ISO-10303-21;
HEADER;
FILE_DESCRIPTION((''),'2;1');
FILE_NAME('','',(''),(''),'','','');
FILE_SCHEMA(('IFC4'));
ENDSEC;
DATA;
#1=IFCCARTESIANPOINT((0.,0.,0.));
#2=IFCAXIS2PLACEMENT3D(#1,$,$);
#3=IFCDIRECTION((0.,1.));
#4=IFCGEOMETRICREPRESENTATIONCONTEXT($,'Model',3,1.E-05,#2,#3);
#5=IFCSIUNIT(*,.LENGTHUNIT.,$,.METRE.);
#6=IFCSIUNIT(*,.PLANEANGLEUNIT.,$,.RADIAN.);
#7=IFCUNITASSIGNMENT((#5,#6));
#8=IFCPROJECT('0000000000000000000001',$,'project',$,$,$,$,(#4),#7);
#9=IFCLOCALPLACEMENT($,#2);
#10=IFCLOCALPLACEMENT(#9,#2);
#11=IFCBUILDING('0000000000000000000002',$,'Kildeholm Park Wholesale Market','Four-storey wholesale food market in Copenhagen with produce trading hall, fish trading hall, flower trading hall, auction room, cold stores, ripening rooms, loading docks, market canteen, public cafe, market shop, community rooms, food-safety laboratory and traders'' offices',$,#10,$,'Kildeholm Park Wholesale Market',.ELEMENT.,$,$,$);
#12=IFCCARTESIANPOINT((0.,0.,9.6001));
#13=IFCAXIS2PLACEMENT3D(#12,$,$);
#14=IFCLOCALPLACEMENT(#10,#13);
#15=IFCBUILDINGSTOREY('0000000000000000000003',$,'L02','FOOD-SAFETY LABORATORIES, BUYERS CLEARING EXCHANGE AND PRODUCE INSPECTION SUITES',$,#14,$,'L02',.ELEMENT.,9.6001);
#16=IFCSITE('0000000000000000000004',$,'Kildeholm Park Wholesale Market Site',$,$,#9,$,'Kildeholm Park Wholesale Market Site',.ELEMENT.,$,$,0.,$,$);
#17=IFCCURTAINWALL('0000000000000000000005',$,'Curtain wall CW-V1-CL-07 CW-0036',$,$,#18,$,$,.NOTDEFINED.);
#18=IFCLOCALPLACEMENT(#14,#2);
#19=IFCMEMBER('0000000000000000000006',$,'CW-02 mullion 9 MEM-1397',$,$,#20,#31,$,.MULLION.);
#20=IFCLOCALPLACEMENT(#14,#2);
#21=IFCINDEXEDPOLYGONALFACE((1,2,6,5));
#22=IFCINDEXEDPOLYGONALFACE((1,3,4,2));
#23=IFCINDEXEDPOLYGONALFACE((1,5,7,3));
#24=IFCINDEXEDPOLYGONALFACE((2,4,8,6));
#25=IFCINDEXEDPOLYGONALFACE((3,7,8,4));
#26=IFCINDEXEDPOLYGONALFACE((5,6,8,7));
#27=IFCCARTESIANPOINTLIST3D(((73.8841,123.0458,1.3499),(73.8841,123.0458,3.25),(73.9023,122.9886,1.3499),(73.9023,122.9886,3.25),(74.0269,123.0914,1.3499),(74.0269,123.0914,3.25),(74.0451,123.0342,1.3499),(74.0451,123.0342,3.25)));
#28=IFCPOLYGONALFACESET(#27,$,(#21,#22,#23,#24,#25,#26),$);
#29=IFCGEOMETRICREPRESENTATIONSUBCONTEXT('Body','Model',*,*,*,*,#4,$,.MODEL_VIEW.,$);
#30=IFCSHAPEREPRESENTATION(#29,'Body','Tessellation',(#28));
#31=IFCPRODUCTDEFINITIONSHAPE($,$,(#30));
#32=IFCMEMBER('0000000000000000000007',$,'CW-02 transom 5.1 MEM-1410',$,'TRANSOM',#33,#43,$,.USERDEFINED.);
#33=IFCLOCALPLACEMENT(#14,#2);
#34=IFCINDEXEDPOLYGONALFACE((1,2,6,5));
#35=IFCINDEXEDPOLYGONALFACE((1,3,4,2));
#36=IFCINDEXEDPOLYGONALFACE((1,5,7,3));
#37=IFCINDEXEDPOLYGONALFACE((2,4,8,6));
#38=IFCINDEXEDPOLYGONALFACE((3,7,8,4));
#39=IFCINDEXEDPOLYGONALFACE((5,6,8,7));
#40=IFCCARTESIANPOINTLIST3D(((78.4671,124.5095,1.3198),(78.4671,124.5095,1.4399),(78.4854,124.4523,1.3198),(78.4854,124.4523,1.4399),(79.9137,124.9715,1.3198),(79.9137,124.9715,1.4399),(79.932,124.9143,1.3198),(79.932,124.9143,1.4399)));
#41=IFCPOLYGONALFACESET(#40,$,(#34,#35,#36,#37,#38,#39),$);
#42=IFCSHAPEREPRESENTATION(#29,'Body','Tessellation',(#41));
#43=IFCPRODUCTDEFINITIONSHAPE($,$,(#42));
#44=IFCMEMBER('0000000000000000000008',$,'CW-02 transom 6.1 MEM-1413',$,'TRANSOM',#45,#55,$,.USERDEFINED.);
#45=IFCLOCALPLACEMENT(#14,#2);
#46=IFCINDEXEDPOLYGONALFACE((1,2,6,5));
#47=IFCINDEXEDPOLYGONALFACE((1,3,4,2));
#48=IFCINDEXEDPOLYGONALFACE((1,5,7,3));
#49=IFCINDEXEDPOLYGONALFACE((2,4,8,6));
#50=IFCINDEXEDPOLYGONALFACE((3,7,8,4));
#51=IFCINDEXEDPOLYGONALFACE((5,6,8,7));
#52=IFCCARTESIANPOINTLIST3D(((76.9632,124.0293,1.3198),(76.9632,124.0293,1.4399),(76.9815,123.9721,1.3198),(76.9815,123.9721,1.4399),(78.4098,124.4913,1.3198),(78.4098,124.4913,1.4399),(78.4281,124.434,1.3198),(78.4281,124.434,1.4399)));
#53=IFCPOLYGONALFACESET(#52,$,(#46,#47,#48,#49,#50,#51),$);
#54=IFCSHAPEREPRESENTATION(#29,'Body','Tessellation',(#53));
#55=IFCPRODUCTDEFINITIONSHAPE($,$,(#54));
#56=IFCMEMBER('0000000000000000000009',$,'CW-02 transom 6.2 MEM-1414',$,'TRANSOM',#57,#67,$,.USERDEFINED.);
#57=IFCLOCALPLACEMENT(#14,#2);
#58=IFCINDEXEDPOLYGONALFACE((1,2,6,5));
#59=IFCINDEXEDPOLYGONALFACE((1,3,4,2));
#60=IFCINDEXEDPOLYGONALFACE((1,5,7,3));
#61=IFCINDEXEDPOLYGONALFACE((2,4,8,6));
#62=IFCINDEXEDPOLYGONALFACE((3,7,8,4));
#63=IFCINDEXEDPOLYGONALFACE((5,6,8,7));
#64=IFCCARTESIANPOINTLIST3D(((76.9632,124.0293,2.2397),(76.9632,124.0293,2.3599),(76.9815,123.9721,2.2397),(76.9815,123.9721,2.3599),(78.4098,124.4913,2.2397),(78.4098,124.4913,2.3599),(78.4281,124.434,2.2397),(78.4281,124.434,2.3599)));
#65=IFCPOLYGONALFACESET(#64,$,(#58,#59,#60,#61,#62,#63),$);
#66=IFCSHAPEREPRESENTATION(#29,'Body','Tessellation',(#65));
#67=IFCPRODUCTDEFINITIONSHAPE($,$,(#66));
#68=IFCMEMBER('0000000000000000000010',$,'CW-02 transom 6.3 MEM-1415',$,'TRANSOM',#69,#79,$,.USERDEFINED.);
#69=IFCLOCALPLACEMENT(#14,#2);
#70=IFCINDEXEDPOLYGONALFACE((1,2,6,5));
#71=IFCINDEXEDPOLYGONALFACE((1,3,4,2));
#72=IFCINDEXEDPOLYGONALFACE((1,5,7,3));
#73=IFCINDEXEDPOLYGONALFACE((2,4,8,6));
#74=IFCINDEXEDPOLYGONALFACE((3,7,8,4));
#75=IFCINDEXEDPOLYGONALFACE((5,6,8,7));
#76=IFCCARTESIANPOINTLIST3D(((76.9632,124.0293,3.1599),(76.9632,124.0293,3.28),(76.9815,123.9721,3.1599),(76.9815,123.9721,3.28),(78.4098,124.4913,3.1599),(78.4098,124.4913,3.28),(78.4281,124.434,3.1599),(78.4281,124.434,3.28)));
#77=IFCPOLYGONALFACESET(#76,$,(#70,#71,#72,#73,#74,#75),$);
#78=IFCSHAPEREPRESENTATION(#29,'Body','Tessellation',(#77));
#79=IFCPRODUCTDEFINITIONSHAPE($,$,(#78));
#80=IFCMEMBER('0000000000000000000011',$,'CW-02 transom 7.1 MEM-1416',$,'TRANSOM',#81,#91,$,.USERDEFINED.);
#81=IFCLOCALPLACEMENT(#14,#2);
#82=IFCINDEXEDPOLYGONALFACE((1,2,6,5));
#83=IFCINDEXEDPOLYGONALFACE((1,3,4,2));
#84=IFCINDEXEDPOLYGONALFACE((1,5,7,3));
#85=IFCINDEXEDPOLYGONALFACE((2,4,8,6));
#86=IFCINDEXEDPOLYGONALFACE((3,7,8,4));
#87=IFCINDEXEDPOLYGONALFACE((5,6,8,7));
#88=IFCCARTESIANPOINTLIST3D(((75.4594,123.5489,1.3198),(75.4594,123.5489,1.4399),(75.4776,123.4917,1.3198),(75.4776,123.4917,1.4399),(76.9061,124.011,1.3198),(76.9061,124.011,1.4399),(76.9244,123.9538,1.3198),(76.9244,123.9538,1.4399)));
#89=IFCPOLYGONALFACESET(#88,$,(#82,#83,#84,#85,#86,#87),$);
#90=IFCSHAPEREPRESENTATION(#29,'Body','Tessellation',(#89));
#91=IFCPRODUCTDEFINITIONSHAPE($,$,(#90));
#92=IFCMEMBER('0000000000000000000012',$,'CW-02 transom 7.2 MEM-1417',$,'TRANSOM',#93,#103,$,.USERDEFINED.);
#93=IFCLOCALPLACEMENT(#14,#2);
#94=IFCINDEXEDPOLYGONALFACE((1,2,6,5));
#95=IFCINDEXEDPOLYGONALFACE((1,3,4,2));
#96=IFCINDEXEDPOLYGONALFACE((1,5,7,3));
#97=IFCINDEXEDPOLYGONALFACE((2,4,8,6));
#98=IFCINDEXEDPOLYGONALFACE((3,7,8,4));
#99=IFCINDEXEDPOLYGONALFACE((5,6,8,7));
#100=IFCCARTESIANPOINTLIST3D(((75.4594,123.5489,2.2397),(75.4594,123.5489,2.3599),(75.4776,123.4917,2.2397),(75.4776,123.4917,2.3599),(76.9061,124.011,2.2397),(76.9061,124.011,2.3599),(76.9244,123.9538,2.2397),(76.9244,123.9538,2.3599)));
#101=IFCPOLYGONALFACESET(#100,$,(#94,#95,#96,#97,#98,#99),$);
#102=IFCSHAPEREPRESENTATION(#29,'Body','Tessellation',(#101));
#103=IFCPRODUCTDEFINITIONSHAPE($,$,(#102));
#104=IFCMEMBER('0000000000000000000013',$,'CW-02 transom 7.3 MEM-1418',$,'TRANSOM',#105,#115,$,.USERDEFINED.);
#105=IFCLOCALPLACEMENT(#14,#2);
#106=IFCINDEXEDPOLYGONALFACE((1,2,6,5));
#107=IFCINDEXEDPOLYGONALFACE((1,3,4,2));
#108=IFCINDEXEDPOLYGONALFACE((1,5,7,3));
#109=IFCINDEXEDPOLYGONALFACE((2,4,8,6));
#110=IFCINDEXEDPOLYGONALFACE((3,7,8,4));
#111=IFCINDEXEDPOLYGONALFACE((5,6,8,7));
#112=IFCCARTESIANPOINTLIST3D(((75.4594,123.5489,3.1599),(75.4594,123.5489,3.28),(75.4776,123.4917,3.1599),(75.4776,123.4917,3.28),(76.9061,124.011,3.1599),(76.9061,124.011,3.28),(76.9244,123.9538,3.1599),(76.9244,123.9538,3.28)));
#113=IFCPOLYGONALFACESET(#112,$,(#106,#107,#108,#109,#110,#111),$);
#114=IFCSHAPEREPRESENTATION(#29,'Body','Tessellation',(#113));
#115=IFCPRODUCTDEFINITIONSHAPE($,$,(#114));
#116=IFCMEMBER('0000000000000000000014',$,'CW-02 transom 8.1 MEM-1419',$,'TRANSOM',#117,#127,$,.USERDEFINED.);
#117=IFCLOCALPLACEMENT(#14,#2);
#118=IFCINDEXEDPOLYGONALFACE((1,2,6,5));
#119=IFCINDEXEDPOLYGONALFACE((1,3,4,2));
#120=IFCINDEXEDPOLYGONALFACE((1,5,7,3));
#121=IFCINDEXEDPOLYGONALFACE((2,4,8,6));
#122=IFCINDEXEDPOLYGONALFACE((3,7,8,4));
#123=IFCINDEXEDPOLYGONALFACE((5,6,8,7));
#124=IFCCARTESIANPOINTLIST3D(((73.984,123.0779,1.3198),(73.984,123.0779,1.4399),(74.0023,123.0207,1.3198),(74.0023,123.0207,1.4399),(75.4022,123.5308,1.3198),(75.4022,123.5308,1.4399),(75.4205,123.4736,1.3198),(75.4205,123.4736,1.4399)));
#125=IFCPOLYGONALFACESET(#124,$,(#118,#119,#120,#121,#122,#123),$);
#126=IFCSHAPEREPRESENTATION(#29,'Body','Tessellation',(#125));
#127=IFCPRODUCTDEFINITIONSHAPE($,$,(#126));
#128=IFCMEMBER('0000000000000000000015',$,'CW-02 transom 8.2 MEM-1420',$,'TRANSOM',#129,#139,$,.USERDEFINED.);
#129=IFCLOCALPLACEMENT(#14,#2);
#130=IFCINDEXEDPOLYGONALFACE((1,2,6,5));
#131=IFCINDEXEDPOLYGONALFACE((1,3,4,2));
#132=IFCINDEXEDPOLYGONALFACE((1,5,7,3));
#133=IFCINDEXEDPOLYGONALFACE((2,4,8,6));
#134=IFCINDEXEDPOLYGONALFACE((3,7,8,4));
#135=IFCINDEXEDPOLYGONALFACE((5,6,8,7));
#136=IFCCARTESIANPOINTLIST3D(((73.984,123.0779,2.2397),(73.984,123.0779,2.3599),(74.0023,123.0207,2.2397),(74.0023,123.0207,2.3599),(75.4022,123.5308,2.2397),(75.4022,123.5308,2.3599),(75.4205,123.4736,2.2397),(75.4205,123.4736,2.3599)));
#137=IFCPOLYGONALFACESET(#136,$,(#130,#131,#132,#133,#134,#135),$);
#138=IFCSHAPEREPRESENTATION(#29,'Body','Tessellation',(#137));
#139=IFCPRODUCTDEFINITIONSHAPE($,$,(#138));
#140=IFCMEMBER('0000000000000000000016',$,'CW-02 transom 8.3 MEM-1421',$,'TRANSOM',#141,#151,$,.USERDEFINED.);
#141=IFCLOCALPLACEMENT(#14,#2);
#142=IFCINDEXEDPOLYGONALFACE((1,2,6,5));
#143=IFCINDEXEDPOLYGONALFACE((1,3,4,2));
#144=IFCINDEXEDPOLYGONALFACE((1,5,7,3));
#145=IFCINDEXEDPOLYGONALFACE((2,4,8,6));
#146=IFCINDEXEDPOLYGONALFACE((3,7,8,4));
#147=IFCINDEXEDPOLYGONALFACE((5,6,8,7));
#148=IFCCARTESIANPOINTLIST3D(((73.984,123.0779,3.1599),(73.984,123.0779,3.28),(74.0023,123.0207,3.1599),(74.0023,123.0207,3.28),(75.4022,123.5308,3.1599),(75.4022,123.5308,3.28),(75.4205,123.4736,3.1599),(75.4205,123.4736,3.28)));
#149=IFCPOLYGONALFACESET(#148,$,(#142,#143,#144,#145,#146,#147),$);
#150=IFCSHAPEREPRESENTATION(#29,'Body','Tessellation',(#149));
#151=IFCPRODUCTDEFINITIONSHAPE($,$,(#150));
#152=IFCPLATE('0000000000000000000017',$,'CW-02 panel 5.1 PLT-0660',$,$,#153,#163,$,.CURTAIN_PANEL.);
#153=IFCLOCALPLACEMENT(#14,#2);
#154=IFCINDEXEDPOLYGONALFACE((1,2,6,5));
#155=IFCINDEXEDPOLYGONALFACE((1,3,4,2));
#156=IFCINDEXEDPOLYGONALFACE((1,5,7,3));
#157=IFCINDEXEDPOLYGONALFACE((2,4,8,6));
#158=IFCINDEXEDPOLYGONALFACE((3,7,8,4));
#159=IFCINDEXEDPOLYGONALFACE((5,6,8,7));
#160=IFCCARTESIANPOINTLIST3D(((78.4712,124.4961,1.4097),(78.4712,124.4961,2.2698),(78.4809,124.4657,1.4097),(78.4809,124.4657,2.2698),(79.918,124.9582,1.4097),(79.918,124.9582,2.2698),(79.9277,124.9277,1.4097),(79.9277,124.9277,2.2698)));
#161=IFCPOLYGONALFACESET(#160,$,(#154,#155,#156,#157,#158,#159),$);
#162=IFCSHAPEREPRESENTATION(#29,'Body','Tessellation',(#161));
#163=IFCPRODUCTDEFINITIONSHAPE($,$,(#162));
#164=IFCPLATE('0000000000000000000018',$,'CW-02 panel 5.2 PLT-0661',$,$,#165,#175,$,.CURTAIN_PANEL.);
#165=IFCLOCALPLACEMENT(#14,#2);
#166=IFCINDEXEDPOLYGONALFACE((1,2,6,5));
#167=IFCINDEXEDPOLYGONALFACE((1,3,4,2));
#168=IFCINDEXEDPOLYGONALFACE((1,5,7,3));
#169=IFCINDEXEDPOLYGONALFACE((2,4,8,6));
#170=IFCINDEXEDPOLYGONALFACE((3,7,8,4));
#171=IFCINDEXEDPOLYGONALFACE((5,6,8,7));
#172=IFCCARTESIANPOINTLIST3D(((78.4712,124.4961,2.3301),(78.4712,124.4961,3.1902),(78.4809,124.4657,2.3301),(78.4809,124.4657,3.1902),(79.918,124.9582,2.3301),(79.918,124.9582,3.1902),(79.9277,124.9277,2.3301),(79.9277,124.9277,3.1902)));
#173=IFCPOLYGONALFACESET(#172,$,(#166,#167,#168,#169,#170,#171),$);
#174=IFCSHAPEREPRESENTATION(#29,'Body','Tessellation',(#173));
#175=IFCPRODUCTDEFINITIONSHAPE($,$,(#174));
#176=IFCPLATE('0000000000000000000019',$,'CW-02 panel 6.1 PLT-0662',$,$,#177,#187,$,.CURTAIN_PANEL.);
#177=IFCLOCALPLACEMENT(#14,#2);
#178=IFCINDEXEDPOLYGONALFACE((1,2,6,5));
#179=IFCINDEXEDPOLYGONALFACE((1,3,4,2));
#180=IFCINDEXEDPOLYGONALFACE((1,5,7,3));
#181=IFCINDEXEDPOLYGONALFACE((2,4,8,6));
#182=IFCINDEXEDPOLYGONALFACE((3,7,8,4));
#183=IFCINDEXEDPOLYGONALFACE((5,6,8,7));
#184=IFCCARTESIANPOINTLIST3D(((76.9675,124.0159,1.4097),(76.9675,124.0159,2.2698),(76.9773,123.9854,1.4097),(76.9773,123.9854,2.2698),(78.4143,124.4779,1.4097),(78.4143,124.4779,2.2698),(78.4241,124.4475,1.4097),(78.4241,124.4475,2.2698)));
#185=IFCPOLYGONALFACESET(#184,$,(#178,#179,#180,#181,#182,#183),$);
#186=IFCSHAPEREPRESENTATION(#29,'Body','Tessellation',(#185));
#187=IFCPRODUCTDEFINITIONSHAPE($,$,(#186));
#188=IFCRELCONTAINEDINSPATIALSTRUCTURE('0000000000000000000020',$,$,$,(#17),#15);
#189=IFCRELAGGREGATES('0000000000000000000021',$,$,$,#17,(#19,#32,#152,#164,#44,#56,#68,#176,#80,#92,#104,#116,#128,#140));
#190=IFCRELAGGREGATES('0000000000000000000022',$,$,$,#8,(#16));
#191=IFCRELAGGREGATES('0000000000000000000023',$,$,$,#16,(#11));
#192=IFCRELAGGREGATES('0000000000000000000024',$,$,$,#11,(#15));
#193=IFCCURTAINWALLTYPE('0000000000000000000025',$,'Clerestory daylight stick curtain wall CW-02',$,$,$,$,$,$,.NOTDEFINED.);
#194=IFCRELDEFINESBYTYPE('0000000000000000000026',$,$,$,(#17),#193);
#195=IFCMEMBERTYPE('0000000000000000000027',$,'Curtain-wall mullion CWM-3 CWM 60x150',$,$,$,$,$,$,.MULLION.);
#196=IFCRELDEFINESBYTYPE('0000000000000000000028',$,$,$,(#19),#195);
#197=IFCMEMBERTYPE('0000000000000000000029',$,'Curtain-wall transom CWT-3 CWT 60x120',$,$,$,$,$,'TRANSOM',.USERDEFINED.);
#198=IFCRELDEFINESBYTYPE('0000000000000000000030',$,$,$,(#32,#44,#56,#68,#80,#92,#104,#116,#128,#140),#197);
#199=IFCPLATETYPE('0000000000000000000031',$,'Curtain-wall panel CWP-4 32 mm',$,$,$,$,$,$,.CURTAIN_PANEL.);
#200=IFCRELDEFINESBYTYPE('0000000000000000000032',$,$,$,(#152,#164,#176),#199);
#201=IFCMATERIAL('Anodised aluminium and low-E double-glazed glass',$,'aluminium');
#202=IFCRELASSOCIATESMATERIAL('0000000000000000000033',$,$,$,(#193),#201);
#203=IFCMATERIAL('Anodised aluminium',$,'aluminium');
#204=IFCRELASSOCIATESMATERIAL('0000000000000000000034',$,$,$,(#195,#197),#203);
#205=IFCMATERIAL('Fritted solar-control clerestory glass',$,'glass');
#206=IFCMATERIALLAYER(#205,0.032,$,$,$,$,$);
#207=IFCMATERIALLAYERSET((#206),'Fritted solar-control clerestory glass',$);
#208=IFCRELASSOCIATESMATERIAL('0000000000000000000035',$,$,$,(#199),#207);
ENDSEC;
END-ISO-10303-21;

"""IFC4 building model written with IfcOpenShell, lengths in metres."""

from ifc_helpers import new_model, si_unit, direction, frame, origin, origin_2d, place, context, subcontext, project, spatial, rectangle, extrude, material, layer, layer_set, material_profile, profile_set, type_object, element, aggregate, save


model = new_model("IFC4")

# Units and contexts
model_context = context("Model", 3, precision=1e-05, world=origin(), true_north=direction((0.0, 1.0)))
body_context = subcontext(model_context, "Body", "Model", "MODEL_VIEW")
ifc_project = project(units=[si_unit("LENGTHUNIT", "METRE"), si_unit("PLANEANGLEUNIT", "RADIAN")], contexts=[model_context])

# Site, building, storey
site_placement = place(None, origin())
site = spatial("IfcSite", under=ifc_project, at=site_placement, Name="Kildeholm Park Wholesale Market Site", LongName="Kildeholm Park Wholesale Market Site", CompositionType="ELEMENT", RefElevation=0.0)
building_placement = place(site_placement, origin())
building = spatial("IfcBuilding", under=site, at=building_placement, Name="Kildeholm Park Wholesale Market", Description="Four-storey wholesale food market in Copenhagen with produce trading hall, fish trading hall, flower trading hall, auction room, cold stores, ripening rooms, loading docks, market canteen, public cafe, market shop, community rooms, food-safety laboratory and traders' offices", LongName="Kildeholm Park Wholesale Market", CompositionType="ELEMENT")
storey_placement = place(building_placement, frame((0.0, 0.0, 9.6001)))
storey = spatial("IfcBuildingStorey", under=building, at=storey_placement, Name="L02", Description="FOOD-SAFETY LABORATORIES, BUYERS CLEARING EXCHANGE AND PRODUCE INSPECTION SUITES", LongName="L02", CompositionType="ELEMENT", Elevation=9.6001)

# Curtain wall, members, plates
ifc_material_1 = material(Name="Anodised aluminium and low-E double-glazed glass", Category="aluminium")
curtain_wall_type = type_object("IfcCurtainWallType", Name="Clerestory daylight stick curtain wall CW-02", PredefinedType="NOTDEFINED", material=ifc_material_1)
curtain_wall_placement = place(storey_placement, origin())
curtain_wall = element("IfcCurtainWall", 1, at=curtain_wall_placement, inside=storey, type_object=curtain_wall_type, Name="Curtain wall CW-V1-CL-07 CW-0036", PredefinedType="NOTDEFINED")
ifc_material_2 = material(Name="Anodised aluminium", Category="aluminium")
ifc_material_profile_1 = material_profile(ifc_material_2, rectangle(XDim=0.0601, YDim=0.1499, at=origin_2d()), Name="CWM 60x150")
ifc_profile_set_1 = profile_set([ifc_material_profile_1], Name="Anodised aluminium")
member_type_1 = type_object("IfcMemberType", Name="Curtain-wall mullion CWM-3 CWM 60x150", PredefinedType="MULLION", material=ifc_profile_set_1)
member_1_placement = place(storey_placement, frame((73.9646, 123.04, 1.3499), z_axis=(0.0, 0.0, 1.0), x_axis=(0.304207, -0.952606, 0.0)))
member_1 = element("IfcMember", 2, at=member_1_placement, type_object=member_type_1, Name="CW-02 mullion 9 MEM-1397", PredefinedType="MULLION", context=body_context, shape_type="SweptSolid", body=[
    extrude(rectangle(XDim=0.0601, YDim=0.1499, at=origin_2d()), origin(), (0.0, 0.0, 1.0), 1.9001),
])
ifc_material_profile_2 = material_profile(ifc_material_2, rectangle(XDim=0.0601, YDim=0.1201, at=origin_2d()), Name="CWT 60x120")
ifc_profile_set_2 = profile_set([ifc_material_profile_2], Name="Anodised aluminium")
member_type_2 = type_object("IfcMemberType", Name="Curtain-wall transom CWT-3 CWT 60x120", ElementType="TRANSOM", PredefinedType="USERDEFINED", material=ifc_profile_set_2)
member_2_placement = place(storey_placement, frame((79.9229, 124.9429, 1.3799), z_axis=(-0.952611, -0.304192, 0.0), x_axis=(0.304192, -0.952611, 0.0)))
member_2 = element("IfcMember", 3, at=member_2_placement, type_object=member_type_2, Name="CW-02 transom 5.1 MEM-1410", ObjectType="TRANSOM", PredefinedType="USERDEFINED", context=body_context, shape_type="SweptSolid", body=[
    extrude(rectangle(XDim=0.0601, YDim=0.1201, at=origin_2d()), origin(), (0.0, 0.0, 1.0), 1.5186),
])
member_3_placement = place(storey_placement, frame((78.4189, 124.4626, 1.3799), z_axis=(-0.952611, -0.304192, 0.0), x_axis=(0.304192, -0.952611, 0.0)))
member_3 = element("IfcMember", 4, at=member_3_placement, type_object=member_type_2, Name="CW-02 transom 6.1 MEM-1413", ObjectType="TRANSOM", PredefinedType="USERDEFINED", context=body_context, shape_type="SweptSolid", body=[
    extrude(rectangle(XDim=0.0601, YDim=0.1201, at=origin_2d()), origin(), (0.0, 0.0, 1.0), 1.5186),
])
member_4_placement = place(storey_placement, frame((78.4189, 124.4626, 2.2998), z_axis=(-0.952611, -0.304192, 0.0), x_axis=(0.304192, -0.952611, 0.0)))
member_4 = element("IfcMember", 5, at=member_4_placement, type_object=member_type_2, Name="CW-02 transom 6.2 MEM-1414", ObjectType="TRANSOM", PredefinedType="USERDEFINED", context=body_context, shape_type="SweptSolid", body=[
    extrude(rectangle(XDim=0.0601, YDim=0.1201, at=origin_2d()), origin(), (0.0, 0.0, 1.0), 1.5186),
])
member_5_placement = place(storey_placement, frame((78.4189, 124.4626, 3.22), z_axis=(-0.952611, -0.304192, 0.0), x_axis=(0.304192, -0.952611, 0.0)))
member_5 = element("IfcMember", 6, at=member_5_placement, type_object=member_type_2, Name="CW-02 transom 6.3 MEM-1415", ObjectType="TRANSOM", PredefinedType="USERDEFINED", context=body_context, shape_type="SweptSolid", body=[
    extrude(rectangle(XDim=0.0601, YDim=0.1201, at=origin_2d()), origin(), (0.0, 0.0, 1.0), 1.5186),
])
member_6_placement = place(storey_placement, frame((76.9153, 123.9824, 1.3799), z_axis=(-0.952579, -0.304292, 0.0), x_axis=(0.304292, -0.952579, 0.0)))
member_6 = element("IfcMember", 7, at=member_6_placement, type_object=member_type_2, Name="CW-02 transom 7.1 MEM-1416", ObjectType="TRANSOM", PredefinedType="USERDEFINED", context=body_context, shape_type="SweptSolid", body=[
    extrude(rectangle(XDim=0.0601, YDim=0.1201, at=origin_2d()), origin(), (0.0, 0.0, 1.0), 1.5188),
])
member_7_placement = place(storey_placement, frame((76.9153, 123.9824, 2.2998), z_axis=(-0.952579, -0.304292, 0.0), x_axis=(0.304292, -0.952579, 0.0)))
member_7 = element("IfcMember", 8, at=member_7_placement, type_object=member_type_2, Name="CW-02 transom 7.2 MEM-1417", ObjectType="TRANSOM", PredefinedType="USERDEFINED", context=body_context, shape_type="SweptSolid", body=[
    extrude(rectangle(XDim=0.0601, YDim=0.1201, at=origin_2d()), origin(), (0.0, 0.0, 1.0), 1.5188),
])
member_8_placement = place(storey_placement, frame((76.9153, 123.9824, 3.22), z_axis=(-0.952579, -0.304292, 0.0), x_axis=(0.304292, -0.952579, 0.0)))
member_8 = element("IfcMember", 9, at=member_8_placement, type_object=member_type_2, Name="CW-02 transom 7.3 MEM-1418", ObjectType="TRANSOM", PredefinedType="USERDEFINED", context=body_context, shape_type="SweptSolid", body=[
    extrude(rectangle(XDim=0.0601, YDim=0.1201, at=origin_2d()), origin(), (0.0, 0.0, 1.0), 1.5188),
])
member_9_placement = place(storey_placement, frame((75.4114, 123.5022, 1.3799), z_axis=(-0.952609, -0.304198, 0.0), x_axis=(0.304198, -0.952609, 0.0)))
member_9 = element("IfcMember", 10, at=member_9_placement, type_object=member_type_2, Name="CW-02 transom 8.1 MEM-1419", ObjectType="TRANSOM", PredefinedType="USERDEFINED", context=body_context, shape_type="SweptSolid", body=[
    extrude(rectangle(XDim=0.0601, YDim=0.1201, at=origin_2d()), origin(), (0.0, 0.0, 1.0), 1.4888),
])
member_10_placement = place(storey_placement, frame((75.4114, 123.5022, 2.2998), z_axis=(-0.952609, -0.304198, 0.0), x_axis=(0.304198, -0.952609, 0.0)))
member_10 = element("IfcMember", 11, at=member_10_placement, type_object=member_type_2, Name="CW-02 transom 8.2 MEM-1420", ObjectType="TRANSOM", PredefinedType="USERDEFINED", context=body_context, shape_type="SweptSolid", body=[
    extrude(rectangle(XDim=0.0601, YDim=0.1201, at=origin_2d()), origin(), (0.0, 0.0, 1.0), 1.4888),
])
member_11_placement = place(storey_placement, frame((75.4114, 123.5022, 3.22), z_axis=(-0.952609, -0.304198, 0.0), x_axis=(0.304198, -0.952609, 0.0)))
member_11 = element("IfcMember", 12, at=member_11_placement, type_object=member_type_2, Name="CW-02 transom 8.3 MEM-1421", ObjectType="TRANSOM", PredefinedType="USERDEFINED", context=body_context, shape_type="SweptSolid", body=[
    extrude(rectangle(XDim=0.0601, YDim=0.1201, at=origin_2d()), origin(), (0.0, 0.0, 1.0), 1.4888),
])
ifc_material_3 = material(Name="Fritted solar-control clerestory glass", Category="glass")
ifc_layer_1 = layer(ifc_material_3, 0.032)
ifc_layer_set_1 = layer_set([ifc_layer_1], Name="Fritted solar-control clerestory glass")
plate_type_1 = type_object("IfcPlateType", Name="Curtain-wall panel CWP-4 32 mm", PredefinedType="CURTAIN_PANEL", material=ifc_layer_set_1)
plate_1_placement = place(storey_placement, frame((79.1995, 124.7119, 1.4097), z_axis=(0.0, 0.0, 1.0), x_axis=(-0.952606, -0.304207, 0.0)))
plate_1 = element("IfcPlate", 13, at=plate_1_placement, type_object=plate_type_1, Name="CW-02 panel 5.1 PLT-0660", PredefinedType="CURTAIN_PANEL", context=body_context, shape_type="SweptSolid", body=[
    extrude(rectangle(XDim=1.5188, YDim=0.032, at=origin_2d()), origin(), (0.0, 0.0, 1.0), 0.8601),
])
plate_2_placement = place(storey_placement, frame((79.1995, 124.7119, 2.3301), z_axis=(0.0, 0.0, 1.0), x_axis=(-0.952606, -0.304207, 0.0)))
plate_2 = element("IfcPlate", 14, at=plate_2_placement, type_object=plate_type_1, Name="CW-02 panel 5.2 PLT-0661", PredefinedType="CURTAIN_PANEL", context=body_context, shape_type="SweptSolid", body=[
    extrude(rectangle(XDim=1.5188, YDim=0.032, at=origin_2d()), origin(), (0.0, 0.0, 1.0), 0.8601),
])
plate_3_placement = place(storey_placement, frame((77.6958, 124.2317, 1.4097), z_axis=(0.0, 0.0, 1.0), x_axis=(-0.952606, -0.304207, 0.0)))
plate_3 = element("IfcPlate", 15, at=plate_3_placement, type_object=plate_type_1, Name="CW-02 panel 6.1 PLT-0662", PredefinedType="CURTAIN_PANEL", context=body_context, shape_type="SweptSolid", body=[
    extrude(rectangle(XDim=1.5188, YDim=0.032, at=origin_2d()), origin(), (0.0, 0.0, 1.0), 0.8601),
])
aggregate(curtain_wall, [member_1, member_2, plate_1, plate_2, member_3, member_4, member_5, plate_3, member_6, member_7, member_8, member_9, member_10, member_11])

save(model, "model.ifc")
